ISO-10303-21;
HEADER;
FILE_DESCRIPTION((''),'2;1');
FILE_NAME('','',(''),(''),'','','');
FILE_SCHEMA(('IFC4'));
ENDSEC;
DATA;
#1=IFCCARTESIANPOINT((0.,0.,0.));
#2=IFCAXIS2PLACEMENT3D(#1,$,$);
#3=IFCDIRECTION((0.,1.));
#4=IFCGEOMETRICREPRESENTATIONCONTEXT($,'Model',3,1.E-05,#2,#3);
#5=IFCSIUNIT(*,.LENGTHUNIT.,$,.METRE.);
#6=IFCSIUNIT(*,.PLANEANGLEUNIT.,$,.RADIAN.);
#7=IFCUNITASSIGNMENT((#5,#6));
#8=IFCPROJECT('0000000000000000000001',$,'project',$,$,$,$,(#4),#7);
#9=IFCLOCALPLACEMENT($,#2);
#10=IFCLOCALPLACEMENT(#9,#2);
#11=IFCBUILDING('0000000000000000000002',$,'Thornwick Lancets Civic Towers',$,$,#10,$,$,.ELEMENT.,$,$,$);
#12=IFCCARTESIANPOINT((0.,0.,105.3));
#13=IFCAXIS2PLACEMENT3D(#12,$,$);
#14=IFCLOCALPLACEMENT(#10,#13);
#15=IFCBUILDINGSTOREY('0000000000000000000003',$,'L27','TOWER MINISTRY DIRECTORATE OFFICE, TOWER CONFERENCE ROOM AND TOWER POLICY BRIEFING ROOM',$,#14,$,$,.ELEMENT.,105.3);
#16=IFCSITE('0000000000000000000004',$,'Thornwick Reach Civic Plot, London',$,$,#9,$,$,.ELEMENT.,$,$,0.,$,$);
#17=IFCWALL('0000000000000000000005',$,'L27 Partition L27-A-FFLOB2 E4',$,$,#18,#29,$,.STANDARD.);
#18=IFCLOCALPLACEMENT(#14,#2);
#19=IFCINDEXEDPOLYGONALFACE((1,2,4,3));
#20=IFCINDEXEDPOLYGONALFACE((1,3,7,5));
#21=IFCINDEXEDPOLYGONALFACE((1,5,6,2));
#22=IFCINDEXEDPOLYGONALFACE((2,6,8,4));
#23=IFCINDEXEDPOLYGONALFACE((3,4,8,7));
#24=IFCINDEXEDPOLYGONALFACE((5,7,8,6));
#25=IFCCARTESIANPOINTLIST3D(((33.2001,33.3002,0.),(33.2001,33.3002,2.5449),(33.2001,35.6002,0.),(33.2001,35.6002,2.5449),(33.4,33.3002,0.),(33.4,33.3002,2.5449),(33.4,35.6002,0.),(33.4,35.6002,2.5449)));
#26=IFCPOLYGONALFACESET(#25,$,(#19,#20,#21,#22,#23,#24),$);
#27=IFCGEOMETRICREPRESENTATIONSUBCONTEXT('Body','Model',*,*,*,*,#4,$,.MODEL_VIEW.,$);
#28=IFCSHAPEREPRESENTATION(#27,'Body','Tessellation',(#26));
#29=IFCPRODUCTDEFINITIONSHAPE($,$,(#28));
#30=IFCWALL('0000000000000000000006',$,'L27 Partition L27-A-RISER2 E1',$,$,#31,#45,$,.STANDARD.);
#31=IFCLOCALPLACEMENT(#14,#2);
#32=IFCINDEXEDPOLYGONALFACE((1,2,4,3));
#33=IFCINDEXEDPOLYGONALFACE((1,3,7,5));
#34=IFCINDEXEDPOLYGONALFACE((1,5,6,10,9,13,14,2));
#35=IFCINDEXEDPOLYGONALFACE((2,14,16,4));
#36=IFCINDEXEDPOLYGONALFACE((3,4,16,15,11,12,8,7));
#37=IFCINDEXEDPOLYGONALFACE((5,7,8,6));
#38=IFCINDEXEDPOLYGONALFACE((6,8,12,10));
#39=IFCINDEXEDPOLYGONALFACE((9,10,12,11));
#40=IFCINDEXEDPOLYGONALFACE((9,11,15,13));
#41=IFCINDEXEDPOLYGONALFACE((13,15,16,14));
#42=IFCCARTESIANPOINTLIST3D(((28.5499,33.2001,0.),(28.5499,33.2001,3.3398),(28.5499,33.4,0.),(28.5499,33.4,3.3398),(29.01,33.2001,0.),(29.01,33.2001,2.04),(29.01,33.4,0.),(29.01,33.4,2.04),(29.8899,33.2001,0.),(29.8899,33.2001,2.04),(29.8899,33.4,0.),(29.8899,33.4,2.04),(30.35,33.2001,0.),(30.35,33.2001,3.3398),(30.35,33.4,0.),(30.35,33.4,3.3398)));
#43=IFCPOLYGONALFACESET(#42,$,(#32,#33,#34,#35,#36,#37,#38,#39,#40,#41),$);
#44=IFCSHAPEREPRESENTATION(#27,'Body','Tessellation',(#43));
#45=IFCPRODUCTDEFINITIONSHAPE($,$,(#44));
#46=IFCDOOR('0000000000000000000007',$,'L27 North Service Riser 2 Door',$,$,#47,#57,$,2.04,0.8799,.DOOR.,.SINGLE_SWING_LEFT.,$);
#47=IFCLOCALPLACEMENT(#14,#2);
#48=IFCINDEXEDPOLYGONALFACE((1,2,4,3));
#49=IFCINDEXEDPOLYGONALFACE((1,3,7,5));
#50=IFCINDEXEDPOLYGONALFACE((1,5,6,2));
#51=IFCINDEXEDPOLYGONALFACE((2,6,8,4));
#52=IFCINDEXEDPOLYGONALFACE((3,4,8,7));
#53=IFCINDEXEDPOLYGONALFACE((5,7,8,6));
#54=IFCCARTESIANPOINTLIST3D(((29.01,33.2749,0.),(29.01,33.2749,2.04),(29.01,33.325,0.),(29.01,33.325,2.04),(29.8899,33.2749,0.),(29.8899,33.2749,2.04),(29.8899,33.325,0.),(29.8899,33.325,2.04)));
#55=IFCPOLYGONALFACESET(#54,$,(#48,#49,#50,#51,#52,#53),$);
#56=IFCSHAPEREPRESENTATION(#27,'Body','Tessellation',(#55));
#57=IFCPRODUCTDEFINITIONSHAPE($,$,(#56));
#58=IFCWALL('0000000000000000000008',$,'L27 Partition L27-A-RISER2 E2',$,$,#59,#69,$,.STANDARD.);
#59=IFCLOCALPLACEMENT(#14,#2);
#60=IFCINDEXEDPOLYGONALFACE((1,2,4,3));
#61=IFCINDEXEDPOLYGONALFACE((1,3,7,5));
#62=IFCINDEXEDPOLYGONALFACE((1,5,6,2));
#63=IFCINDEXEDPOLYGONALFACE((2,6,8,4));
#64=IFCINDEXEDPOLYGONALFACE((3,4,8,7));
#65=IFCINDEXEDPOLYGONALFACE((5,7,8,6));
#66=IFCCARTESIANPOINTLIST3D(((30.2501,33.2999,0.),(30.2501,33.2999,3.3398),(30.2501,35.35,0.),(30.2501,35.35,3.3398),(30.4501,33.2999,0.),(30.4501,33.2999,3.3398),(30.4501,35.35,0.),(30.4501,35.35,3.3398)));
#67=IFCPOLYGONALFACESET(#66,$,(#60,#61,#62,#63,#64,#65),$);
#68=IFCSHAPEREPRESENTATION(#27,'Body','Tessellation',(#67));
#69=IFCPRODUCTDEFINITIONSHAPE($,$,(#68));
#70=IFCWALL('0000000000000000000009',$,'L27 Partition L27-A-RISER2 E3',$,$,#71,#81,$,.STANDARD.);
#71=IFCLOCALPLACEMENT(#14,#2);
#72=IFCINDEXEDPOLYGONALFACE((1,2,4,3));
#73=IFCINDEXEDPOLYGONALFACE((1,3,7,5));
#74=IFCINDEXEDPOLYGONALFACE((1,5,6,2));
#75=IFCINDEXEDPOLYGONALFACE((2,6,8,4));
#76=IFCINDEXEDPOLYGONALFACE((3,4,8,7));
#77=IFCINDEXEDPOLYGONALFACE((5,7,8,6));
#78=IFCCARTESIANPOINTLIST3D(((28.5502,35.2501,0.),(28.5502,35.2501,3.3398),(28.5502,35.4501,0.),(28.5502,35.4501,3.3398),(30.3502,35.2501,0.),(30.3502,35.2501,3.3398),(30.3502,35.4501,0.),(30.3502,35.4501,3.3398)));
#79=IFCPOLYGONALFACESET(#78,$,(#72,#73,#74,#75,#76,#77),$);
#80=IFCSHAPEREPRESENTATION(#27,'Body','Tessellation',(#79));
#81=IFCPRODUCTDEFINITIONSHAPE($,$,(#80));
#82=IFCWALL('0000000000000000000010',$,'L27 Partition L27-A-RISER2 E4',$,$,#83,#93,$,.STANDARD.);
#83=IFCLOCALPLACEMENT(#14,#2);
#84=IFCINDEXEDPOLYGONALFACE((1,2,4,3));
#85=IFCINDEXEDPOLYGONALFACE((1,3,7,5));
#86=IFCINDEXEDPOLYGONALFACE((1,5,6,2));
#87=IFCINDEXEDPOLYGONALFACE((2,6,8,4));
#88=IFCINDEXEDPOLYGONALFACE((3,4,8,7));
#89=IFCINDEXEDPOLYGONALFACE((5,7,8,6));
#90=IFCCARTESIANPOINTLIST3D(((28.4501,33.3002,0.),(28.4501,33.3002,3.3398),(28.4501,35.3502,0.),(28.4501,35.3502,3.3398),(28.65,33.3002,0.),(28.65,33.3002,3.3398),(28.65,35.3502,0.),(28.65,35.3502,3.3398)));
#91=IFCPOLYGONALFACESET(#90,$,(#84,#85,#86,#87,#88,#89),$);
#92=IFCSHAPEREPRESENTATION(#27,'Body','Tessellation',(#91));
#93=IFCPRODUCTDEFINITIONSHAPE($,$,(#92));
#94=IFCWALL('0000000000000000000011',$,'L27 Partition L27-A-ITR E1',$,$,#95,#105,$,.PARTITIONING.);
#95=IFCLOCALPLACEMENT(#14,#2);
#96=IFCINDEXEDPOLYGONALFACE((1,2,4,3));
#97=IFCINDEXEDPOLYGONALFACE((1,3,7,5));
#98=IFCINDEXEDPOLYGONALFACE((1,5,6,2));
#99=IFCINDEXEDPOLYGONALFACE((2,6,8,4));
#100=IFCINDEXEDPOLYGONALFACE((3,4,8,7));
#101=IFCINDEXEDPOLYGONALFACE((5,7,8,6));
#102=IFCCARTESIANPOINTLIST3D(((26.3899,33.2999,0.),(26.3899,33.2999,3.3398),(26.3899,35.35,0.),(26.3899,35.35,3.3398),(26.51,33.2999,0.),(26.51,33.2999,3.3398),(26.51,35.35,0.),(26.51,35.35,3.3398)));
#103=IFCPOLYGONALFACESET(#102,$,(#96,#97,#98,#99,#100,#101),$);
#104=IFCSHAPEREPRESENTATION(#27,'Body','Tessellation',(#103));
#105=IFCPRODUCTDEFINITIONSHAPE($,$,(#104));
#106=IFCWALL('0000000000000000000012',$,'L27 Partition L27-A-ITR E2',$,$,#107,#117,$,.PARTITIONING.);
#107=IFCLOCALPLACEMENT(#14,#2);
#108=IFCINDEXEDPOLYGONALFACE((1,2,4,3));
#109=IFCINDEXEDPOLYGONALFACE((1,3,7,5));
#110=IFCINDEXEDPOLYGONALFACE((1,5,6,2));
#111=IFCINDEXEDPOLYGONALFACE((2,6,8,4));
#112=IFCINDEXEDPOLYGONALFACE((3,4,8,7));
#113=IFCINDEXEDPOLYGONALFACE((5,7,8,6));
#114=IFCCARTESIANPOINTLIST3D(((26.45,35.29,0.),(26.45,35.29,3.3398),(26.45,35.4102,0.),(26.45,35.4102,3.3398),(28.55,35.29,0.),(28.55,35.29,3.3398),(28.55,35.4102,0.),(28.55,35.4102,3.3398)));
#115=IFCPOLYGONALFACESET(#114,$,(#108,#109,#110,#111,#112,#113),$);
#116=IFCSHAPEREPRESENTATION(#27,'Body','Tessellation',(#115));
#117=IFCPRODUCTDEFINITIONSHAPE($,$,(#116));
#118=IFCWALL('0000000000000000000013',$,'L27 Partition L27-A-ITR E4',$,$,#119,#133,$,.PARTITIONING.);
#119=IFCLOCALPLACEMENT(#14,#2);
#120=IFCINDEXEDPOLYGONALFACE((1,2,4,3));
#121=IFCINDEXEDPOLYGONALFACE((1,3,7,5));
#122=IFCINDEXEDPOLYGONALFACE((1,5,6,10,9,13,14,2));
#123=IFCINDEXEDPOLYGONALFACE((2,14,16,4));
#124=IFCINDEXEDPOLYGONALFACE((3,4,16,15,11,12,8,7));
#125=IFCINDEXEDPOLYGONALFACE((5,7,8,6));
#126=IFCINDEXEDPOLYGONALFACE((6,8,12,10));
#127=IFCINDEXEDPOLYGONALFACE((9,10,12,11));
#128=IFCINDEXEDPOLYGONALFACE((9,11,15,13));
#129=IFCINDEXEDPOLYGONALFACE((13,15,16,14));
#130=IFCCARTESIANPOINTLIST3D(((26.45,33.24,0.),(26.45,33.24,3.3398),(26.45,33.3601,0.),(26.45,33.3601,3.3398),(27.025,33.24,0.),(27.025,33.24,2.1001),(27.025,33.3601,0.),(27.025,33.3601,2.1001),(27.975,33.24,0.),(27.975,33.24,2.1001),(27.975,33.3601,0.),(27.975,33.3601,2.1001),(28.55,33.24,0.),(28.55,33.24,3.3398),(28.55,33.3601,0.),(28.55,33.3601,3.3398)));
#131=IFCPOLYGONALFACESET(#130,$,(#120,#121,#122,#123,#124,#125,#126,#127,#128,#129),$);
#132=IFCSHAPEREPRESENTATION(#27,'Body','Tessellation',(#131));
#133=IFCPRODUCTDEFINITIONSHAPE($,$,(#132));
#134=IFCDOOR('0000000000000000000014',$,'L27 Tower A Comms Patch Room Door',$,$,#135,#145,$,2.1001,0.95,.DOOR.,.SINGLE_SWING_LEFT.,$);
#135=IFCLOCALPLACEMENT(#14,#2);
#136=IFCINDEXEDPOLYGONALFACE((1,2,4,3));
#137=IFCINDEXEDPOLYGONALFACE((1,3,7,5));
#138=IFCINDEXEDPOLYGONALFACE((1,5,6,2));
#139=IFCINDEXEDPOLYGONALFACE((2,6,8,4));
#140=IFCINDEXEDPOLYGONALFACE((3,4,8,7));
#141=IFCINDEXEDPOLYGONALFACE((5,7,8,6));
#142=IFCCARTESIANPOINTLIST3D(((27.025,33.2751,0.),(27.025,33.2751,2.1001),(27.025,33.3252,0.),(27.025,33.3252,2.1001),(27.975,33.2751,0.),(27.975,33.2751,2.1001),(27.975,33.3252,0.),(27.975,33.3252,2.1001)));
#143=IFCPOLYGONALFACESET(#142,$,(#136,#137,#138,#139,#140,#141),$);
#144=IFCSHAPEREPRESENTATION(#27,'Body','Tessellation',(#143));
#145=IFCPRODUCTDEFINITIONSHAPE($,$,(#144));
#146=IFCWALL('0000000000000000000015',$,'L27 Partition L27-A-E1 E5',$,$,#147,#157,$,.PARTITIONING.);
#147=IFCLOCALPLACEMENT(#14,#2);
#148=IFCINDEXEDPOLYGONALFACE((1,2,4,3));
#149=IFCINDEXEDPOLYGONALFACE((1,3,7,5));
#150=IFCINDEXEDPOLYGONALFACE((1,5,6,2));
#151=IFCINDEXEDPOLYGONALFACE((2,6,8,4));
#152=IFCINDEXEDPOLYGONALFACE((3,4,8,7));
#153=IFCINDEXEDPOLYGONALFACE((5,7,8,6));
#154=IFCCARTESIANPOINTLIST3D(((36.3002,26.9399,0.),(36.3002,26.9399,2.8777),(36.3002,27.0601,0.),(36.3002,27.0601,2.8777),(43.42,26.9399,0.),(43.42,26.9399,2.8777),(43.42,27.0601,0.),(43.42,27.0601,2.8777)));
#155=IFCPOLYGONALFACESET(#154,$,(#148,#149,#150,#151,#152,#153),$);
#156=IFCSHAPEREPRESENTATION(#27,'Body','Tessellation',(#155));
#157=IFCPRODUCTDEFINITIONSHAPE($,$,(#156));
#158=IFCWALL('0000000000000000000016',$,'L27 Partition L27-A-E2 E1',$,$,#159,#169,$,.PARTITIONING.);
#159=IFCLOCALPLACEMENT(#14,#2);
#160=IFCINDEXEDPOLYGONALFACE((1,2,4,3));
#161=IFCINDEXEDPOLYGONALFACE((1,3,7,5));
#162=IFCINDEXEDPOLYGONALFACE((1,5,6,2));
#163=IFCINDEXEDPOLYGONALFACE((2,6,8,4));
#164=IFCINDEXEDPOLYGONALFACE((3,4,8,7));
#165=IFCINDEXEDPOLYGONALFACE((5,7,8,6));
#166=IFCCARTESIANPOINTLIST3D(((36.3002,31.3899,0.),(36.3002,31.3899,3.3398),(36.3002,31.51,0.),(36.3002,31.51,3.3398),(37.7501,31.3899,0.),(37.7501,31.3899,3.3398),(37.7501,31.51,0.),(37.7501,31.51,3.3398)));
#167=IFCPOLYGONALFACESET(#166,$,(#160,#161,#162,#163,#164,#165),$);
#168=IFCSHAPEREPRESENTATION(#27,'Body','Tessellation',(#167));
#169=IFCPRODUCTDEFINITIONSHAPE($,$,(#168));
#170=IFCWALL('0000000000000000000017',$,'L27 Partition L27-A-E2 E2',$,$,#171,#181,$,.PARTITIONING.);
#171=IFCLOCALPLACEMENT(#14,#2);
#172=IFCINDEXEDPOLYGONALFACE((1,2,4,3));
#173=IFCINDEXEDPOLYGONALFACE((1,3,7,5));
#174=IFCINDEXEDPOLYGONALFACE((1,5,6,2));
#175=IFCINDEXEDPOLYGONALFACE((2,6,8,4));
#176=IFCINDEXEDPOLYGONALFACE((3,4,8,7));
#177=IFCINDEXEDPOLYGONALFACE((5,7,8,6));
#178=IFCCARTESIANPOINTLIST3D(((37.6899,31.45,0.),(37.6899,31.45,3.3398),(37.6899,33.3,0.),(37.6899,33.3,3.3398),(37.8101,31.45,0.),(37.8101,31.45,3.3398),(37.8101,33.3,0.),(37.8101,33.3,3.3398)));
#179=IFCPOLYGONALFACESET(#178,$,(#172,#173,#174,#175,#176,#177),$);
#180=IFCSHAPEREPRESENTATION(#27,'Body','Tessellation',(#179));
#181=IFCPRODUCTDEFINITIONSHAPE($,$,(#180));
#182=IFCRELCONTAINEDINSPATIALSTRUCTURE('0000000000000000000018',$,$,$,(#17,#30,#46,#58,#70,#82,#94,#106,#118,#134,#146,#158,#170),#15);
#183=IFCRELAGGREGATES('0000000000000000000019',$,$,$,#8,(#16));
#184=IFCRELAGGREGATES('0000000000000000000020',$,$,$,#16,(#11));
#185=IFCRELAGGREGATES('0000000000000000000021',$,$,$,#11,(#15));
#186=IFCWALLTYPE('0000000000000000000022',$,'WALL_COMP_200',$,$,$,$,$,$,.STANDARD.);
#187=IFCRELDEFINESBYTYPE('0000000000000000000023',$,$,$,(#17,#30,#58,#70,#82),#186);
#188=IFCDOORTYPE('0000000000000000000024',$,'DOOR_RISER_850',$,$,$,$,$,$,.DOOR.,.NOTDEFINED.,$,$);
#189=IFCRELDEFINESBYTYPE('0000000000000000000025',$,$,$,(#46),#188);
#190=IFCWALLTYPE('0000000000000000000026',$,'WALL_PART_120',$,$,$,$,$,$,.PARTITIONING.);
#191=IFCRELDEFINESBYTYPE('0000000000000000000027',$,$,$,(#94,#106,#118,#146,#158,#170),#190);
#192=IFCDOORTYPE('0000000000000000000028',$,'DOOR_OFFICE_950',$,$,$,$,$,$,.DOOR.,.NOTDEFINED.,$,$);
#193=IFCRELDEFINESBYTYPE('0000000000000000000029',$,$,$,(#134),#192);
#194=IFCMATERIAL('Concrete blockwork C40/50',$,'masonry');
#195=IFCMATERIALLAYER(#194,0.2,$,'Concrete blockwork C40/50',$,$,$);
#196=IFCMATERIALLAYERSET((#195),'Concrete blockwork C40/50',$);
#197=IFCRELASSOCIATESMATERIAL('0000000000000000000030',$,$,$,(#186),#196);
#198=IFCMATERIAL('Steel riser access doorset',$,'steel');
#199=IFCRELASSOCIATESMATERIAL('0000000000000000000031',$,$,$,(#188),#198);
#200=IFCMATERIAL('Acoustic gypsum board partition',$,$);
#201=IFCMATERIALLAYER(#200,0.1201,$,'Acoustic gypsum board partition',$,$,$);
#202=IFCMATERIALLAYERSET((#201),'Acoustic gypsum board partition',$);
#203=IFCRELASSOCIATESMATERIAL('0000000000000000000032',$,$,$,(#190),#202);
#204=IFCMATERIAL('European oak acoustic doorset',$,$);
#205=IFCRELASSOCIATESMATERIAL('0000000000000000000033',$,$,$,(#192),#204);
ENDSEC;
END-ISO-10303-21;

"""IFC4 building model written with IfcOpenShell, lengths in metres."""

from ifc_helpers import new_model, si_unit, direction, frame, frame_2d, origin, place, context, subcontext, project, spatial, rectangle, extrude, material, layer, layer_set, type_object, element, fill, save


model = new_model("IFC4")

# Units and contexts
model_context = context("Model", 3, precision=1e-05, world=origin(), true_north=direction((0.0, 1.0)))
body_context = subcontext(model_context, "Body", "Model", "MODEL_VIEW")
ifc_project = project(units=[si_unit("LENGTHUNIT", "METRE"), si_unit("PLANEANGLEUNIT", "RADIAN")], contexts=[model_context])

# Site, building, storey
site_placement = place(None, origin())
site = spatial("IfcSite", under=ifc_project, at=site_placement, Name="Thornwick Reach Civic Plot, London", CompositionType="ELEMENT", RefElevation=0.0)
building_placement = place(site_placement, origin())
building = spatial("IfcBuilding", under=site, at=building_placement, Name="Thornwick Lancets Civic Towers", CompositionType="ELEMENT")
storey_placement = place(building_placement, frame((0.0, 0.0, 105.3)))
storey = spatial("IfcBuildingStorey", under=building, at=storey_placement, Name="L27", Description="TOWER MINISTRY DIRECTORATE OFFICE, TOWER CONFERENCE ROOM AND TOWER POLICY BRIEFING ROOM", CompositionType="ELEMENT", Elevation=105.3)

# Shared definitions
ifc_material_1 = material(Name="Concrete blockwork C40/50", Category="masonry")
ifc_layer_1 = layer(ifc_material_1, 0.2, Name="Concrete blockwork C40/50")
ifc_layer_set_1 = layer_set([ifc_layer_1], Name="Concrete blockwork C40/50")
wall_type_1 = type_object("IfcWallType", Name="WALL_COMP_200", PredefinedType="STANDARD", material=ifc_layer_set_1)

# Wall
wall_1_placement = place(storey_placement, frame((33.3, 35.6001, 0.0), z_axis=(0.0, 0.0, 1.0), x_axis=(0.0, -1.0, 0.0)))
element("IfcWall", 1, at=wall_1_placement, inside=storey, type_object=wall_type_1, Name="L27 Partition L27-A-FFLOB2 E4", PredefinedType="STANDARD", context=body_context, shape_type="SweptSolid", body=[
    extrude(rectangle(XDim=2.3, YDim=0.2, at=frame_2d((1.1499, 0.0))), origin(), (0.0, 0.0, 1.0), 2.5449),
])

# Wall, opening, door
wall_2_placement = place(storey_placement, frame((28.55, 33.3, 0.0), z_axis=(0.0, 0.0, 1.0), x_axis=(1.0, 0.0, 0.0)))
wall_2 = element("IfcWall", 2, at=wall_2_placement, inside=storey, type_object=wall_type_1, Name="L27 Partition L27-A-RISER2 E1", PredefinedType="STANDARD", context=body_context, shape_type="SweptSolid", body=[
    extrude(rectangle(XDim=1.8, YDim=0.2, at=frame_2d((0.8999, 0.0))), origin(), (0.0, 0.0, 1.0), 3.3398),
])
opening_1_placement = place(wall_2_placement, frame((0.46, 0.0, 0.0)))
opening_1 = element("IfcOpeningElement", 3, at=opening_1_placement, cuts=wall_2, PredefinedType="OPENING", context=body_context, shape_type="SweptSolid", body=[
    extrude(rectangle(XDim=0.8799, YDim=2.04, at=frame_2d((0.4399, 1.02))), frame((0.0, 0.1099, 0.0), z_axis=(0.0, -1.0, 0.0), x_axis=(1.0, 0.0, 0.0)), (0.0, 0.0, 1.0), 0.22),
])
ifc_material_2 = material(Name="Steel riser access doorset", Category="steel")
door_type_1 = type_object("IfcDoorType", Name="DOOR_RISER_850", OperationType="NOTDEFINED", PredefinedType="DOOR", material=ifc_material_2)
door_1_placement = place(opening_1_placement, origin())
door_1 = element("IfcDoor", 4, at=door_1_placement, inside=storey, type_object=door_type_1, Name="L27 North Service Riser 2 Door", OperationType="SINGLE_SWING_LEFT", OverallHeight=2.04, OverallWidth=0.8799, PredefinedType="DOOR", context=body_context, shape_type="SweptSolid", body=[
    extrude(rectangle(XDim=0.8799, YDim=2.04, at=frame_2d((0.4399, 1.02))), frame((0.0, 0.0249, 0.0), z_axis=(0.0, -1.0, 0.0), x_axis=(1.0, 0.0, 0.0)), (0.0, 0.0, 1.0), 0.05),
])
fill(opening_1, door_1)

# Walls
wall_3_placement = place(storey_placement, frame((30.3501, 33.3, 0.0), z_axis=(0.0, 0.0, 1.0), x_axis=(0.0, 1.0, 0.0)))
element("IfcWall", 5, at=wall_3_placement, inside=storey, type_object=wall_type_1, Name="L27 Partition L27-A-RISER2 E2", PredefinedType="STANDARD", context=body_context, shape_type="SweptSolid", body=[
    extrude(rectangle(XDim=2.05, YDim=0.2, at=frame_2d((1.0249, 0.0))), origin(), (0.0, 0.0, 1.0), 3.3398),
])
wall_4_placement = place(storey_placement, frame((30.3501, 35.3501, 0.0), z_axis=(0.0, 0.0, 1.0), x_axis=(-1.0, 0.0, 0.0)))
element("IfcWall", 6, at=wall_4_placement, inside=storey, type_object=wall_type_1, Name="L27 Partition L27-A-RISER2 E3", PredefinedType="STANDARD", context=body_context, shape_type="SweptSolid", body=[
    extrude(rectangle(XDim=1.8, YDim=0.2, at=frame_2d((0.8999, 0.0))), origin(), (0.0, 0.0, 1.0), 3.3398),
])
wall_5_placement = place(storey_placement, frame((28.55, 35.3501, 0.0), z_axis=(0.0, 0.0, 1.0), x_axis=(0.0, -1.0, 0.0)))
element("IfcWall", 7, at=wall_5_placement, inside=storey, type_object=wall_type_1, Name="L27 Partition L27-A-RISER2 E4", PredefinedType="STANDARD", context=body_context, shape_type="SweptSolid", body=[
    extrude(rectangle(XDim=2.05, YDim=0.2, at=frame_2d((1.0249, 0.0))), origin(), (0.0, 0.0, 1.0), 3.3398),
])
ifc_material_3 = material(Name="Acoustic gypsum board partition")
ifc_layer_2 = layer(ifc_material_3, 0.1201, Name="Acoustic gypsum board partition")
ifc_layer_set_2 = layer_set([ifc_layer_2], Name="Acoustic gypsum board partition")
wall_type_2 = type_object("IfcWallType", Name="WALL_PART_120", PredefinedType="PARTITIONING", material=ifc_layer_set_2)
wall_6_placement = place(storey_placement, frame((26.45, 33.3, 0.0), z_axis=(0.0, 0.0, 1.0), x_axis=(0.0, 1.0, 0.0)))
element("IfcWall", 8, at=wall_6_placement, inside=storey, type_object=wall_type_2, Name="L27 Partition L27-A-ITR E1", PredefinedType="PARTITIONING", context=body_context, shape_type="SweptSolid", body=[
    extrude(rectangle(XDim=2.05, YDim=0.1201, at=frame_2d((1.0249, 0.0))), origin(), (0.0, 0.0, 1.0), 3.3398),
])
wall_7_placement = place(storey_placement, frame((26.45, 35.3501, 0.0), z_axis=(0.0, 0.0, 1.0), x_axis=(1.0, 0.0, 0.0)))
element("IfcWall", 9, at=wall_7_placement, inside=storey, type_object=wall_type_2, Name="L27 Partition L27-A-ITR E2", PredefinedType="PARTITIONING", context=body_context, shape_type="SweptSolid", body=[
    extrude(rectangle(XDim=2.1001, YDim=0.1201, at=frame_2d((1.05, 0.0))), origin(), (0.0, 0.0, 1.0), 3.3398),
])

# Wall, opening, door
wall_8_placement = place(storey_placement, frame((28.55, 33.3, 0.0), z_axis=(0.0, 0.0, 1.0), x_axis=(-1.0, 0.0, 0.0)))
wall_8 = element("IfcWall", 10, at=wall_8_placement, inside=storey, type_object=wall_type_2, Name="L27 Partition L27-A-ITR E4", PredefinedType="PARTITIONING", context=body_context, shape_type="SweptSolid", body=[
    extrude(rectangle(XDim=2.1001, YDim=0.1201, at=frame_2d((1.05, 0.0))), origin(), (0.0, 0.0, 1.0), 3.3398),
])
opening_2_placement = place(wall_8_placement, frame((0.575, 0.0, 0.0)))
opening_2 = element("IfcOpeningElement", 11, at=opening_2_placement, cuts=wall_8, PredefinedType="OPENING", context=body_context, shape_type="SweptSolid", body=[
    extrude(rectangle(XDim=0.95, YDim=2.1001, at=frame_2d((0.4751, 1.05))), frame((0.0, 0.0701, 0.0), z_axis=(0.0, -1.0, 0.0), x_axis=(1.0, 0.0, 0.0)), (0.0, 0.0, 1.0), 0.1401),
])
ifc_material_4 = material(Name="European oak acoustic doorset")
door_type_2 = type_object("IfcDoorType", Name="DOOR_OFFICE_950", OperationType="NOTDEFINED", PredefinedType="DOOR", material=ifc_material_4)
door_2_placement = place(opening_2_placement, origin())
door_2 = element("IfcDoor", 12, at=door_2_placement, inside=storey, type_object=door_type_2, Name="L27 Tower A Comms Patch Room Door", OperationType="SINGLE_SWING_LEFT", OverallHeight=2.1001, OverallWidth=0.95, PredefinedType="DOOR", context=body_context, shape_type="SweptSolid", body=[
    extrude(rectangle(XDim=0.95, YDim=2.1001, at=frame_2d((0.4751, 1.05))), frame((0.0, 0.0249, 0.0), z_axis=(0.0, -1.0, 0.0), x_axis=(1.0, 0.0, 0.0)), (0.0, 0.0, 1.0), 0.05),
])
fill(opening_2, door_2)

# Walls
wall_9_placement = place(storey_placement, frame((36.3, 27.0, 0.0), z_axis=(0.0, 0.0, 1.0), x_axis=(1.0, 0.0, 0.0)))
element("IfcWall", 13, at=wall_9_placement, inside=storey, type_object=wall_type_2, Name="L27 Partition L27-A-E1 E5", PredefinedType="PARTITIONING", context=body_context, shape_type="SweptSolid", body=[
    extrude(rectangle(XDim=7.1199, YDim=0.1201, at=frame_2d((3.5601, 0.0))), origin(), (0.0, 0.0, 1.0), 2.8777),
])
wall_10_placement = place(storey_placement, frame((36.3, 31.45, 0.0), z_axis=(0.0, 0.0, 1.0), x_axis=(1.0, 0.0, 0.0)))
element("IfcWall", 14, at=wall_10_placement, inside=storey, type_object=wall_type_2, Name="L27 Partition L27-A-E2 E1", PredefinedType="PARTITIONING", context=body_context, shape_type="SweptSolid", body=[
    extrude(rectangle(XDim=1.45, YDim=0.1201, at=frame_2d((0.7251, 0.0))), origin(), (0.0, 0.0, 1.0), 3.3398),
])
wall_11_placement = place(storey_placement, frame((37.75, 31.45, 0.0), z_axis=(0.0, 0.0, 1.0), x_axis=(0.0, 1.0, 0.0)))
element("IfcWall", 15, at=wall_11_placement, inside=storey, type_object=wall_type_2, Name="L27 Partition L27-A-E2 E2", PredefinedType="PARTITIONING", context=body_context, shape_type="SweptSolid", body=[
    extrude(rectangle(XDim=1.8501, YDim=0.1201, at=frame_2d((0.925, 0.0))), origin(), (0.0, 0.0, 1.0), 3.3398),
])

save(model, "model.ifc")
